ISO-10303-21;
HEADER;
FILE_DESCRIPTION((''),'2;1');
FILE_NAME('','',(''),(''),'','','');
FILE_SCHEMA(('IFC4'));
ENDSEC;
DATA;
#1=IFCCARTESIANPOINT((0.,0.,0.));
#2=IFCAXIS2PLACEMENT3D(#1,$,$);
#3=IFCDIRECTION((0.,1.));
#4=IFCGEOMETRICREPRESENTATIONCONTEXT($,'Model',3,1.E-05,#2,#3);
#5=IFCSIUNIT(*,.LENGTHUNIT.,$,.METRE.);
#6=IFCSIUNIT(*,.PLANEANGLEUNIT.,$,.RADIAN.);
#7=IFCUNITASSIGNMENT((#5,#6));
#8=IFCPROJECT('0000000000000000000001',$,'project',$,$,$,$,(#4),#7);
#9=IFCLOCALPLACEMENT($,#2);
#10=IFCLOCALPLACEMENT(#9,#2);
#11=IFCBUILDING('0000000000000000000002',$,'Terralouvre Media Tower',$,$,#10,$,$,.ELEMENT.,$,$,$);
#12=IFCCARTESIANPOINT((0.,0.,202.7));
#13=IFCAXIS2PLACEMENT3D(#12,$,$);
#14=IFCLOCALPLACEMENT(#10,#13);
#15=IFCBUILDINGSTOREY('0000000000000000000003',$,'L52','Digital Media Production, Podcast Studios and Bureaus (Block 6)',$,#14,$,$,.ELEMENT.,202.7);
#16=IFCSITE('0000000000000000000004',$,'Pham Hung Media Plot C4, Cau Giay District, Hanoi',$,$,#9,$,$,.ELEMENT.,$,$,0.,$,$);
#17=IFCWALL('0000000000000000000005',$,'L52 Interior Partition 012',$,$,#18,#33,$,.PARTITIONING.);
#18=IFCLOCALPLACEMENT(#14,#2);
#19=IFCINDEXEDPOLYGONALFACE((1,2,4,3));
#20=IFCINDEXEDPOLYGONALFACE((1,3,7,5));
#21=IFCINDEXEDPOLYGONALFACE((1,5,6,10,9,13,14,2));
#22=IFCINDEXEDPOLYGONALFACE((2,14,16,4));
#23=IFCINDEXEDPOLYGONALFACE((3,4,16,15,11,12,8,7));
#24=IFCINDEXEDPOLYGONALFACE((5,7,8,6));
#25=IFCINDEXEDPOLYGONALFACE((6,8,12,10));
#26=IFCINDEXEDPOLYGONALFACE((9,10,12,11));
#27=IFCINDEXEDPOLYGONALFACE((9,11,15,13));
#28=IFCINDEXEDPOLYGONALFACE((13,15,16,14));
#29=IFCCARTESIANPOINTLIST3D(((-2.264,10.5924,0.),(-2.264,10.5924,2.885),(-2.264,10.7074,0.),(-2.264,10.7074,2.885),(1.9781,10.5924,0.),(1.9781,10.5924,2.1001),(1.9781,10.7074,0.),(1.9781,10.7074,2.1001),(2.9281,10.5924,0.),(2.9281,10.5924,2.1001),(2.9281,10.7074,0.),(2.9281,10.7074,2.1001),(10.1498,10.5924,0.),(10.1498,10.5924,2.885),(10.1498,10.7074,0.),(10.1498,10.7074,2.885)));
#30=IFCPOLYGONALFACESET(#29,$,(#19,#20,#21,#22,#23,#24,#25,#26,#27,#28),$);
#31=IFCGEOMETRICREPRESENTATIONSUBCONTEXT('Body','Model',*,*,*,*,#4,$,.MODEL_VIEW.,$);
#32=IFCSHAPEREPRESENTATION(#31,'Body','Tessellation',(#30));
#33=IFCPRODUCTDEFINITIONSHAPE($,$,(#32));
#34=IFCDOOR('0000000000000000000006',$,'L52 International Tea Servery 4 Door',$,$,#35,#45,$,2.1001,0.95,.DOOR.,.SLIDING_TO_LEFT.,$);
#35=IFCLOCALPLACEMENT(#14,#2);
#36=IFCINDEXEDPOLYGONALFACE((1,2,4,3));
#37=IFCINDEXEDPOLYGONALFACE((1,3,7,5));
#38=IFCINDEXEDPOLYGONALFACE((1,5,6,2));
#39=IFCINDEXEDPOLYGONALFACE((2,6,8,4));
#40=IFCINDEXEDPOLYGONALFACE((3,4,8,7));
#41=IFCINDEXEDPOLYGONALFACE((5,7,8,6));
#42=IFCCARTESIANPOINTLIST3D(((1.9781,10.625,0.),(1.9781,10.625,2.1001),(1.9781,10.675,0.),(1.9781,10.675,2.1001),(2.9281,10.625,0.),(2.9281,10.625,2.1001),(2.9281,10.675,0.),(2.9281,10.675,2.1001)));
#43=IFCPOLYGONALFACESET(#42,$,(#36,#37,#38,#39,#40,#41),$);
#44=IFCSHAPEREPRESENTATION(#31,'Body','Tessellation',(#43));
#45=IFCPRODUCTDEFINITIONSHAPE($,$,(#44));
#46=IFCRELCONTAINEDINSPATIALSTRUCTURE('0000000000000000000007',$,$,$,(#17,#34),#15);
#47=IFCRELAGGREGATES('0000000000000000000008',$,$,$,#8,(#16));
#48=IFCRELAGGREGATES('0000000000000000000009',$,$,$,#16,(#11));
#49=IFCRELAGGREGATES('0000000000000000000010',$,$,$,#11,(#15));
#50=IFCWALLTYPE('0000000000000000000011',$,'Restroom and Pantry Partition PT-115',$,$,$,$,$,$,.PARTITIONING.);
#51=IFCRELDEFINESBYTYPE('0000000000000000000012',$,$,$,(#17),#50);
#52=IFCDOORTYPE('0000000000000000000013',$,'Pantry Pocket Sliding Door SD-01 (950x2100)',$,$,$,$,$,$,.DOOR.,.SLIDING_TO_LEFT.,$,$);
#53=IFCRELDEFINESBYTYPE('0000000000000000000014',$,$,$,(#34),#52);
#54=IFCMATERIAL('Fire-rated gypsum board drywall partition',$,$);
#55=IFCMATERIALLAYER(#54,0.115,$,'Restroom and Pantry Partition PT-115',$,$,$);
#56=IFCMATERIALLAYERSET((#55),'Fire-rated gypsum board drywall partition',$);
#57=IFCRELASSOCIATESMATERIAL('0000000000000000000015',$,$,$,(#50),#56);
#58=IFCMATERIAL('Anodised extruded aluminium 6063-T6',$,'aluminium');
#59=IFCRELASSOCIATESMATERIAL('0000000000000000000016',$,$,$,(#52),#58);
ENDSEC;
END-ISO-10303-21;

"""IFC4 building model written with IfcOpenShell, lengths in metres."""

from ifc_helpers import new_model, si_unit, direction, frame, frame_2d, origin, place, context, subcontext, project, spatial, rectangle, extrude, material, layer, layer_set, type_object, element, fill, save


model = new_model("IFC4")

# Units and contexts
model_context = context("Model", 3, precision=1e-05, world=origin(), true_north=direction((0.0, 1.0)))
body_context = subcontext(model_context, "Body", "Model", "MODEL_VIEW")
ifc_project = project(units=[si_unit("LENGTHUNIT", "METRE"), si_unit("PLANEANGLEUNIT", "RADIAN")], contexts=[model_context])

# Site, building, storey
site_placement = place(None, origin())
site = spatial("IfcSite", under=ifc_project, at=site_placement, Name="Pham Hung Media Plot C4, Cau Giay District, Hanoi", CompositionType="ELEMENT", RefElevation=0.0)
building_placement = place(site_placement, origin())
building = spatial("IfcBuilding", under=site, at=building_placement, Name="Terralouvre Media Tower", CompositionType="ELEMENT")
storey_placement = place(building_placement, frame((0.0, 0.0, 202.7)))
storey = spatial("IfcBuildingStorey", under=building, at=storey_placement, Name="L52", Description="Digital Media Production, Podcast Studios and Bureaus (Block 6)", CompositionType="ELEMENT", Elevation=202.7)

# Wall, opening, door
ifc_material_1 = material(Name="Fire-rated gypsum board drywall partition")
ifc_layer_1 = layer(ifc_material_1, 0.115, Name="Restroom and Pantry Partition PT-115")
ifc_layer_set_1 = layer_set([ifc_layer_1], Name="Fire-rated gypsum board drywall partition")
wall_type_1 = type_object("IfcWallType", Name="Restroom and Pantry Partition PT-115", PredefinedType="PARTITIONING", material=ifc_layer_set_1)
wall_1_placement = place(storey_placement, frame((10.1499, 10.6499, 0.0), z_axis=(0.0, 0.0, 1.0), x_axis=(-1.0, 0.0, 0.0)))
wall_1 = element("IfcWall", 1, at=wall_1_placement, inside=storey, type_object=wall_type_1, Name="L52 Interior Partition 012", PredefinedType="PARTITIONING", context=body_context, shape_type="SweptSolid", body=[
    extrude(rectangle(XDim=12.4138, YDim=0.115, at=frame_2d((6.207, 0.0))), origin(), (0.0, 0.0, 1.0), 2.885),
])
opening_1_placement = place(wall_1_placement, frame((7.2217, 0.0, 0.0)))
opening_1 = element("IfcOpeningElement", 2, at=opening_1_placement, cuts=wall_1, PredefinedType="OPENING", context=body_context, shape_type="SweptSolid", body=[
    extrude(rectangle(XDim=0.95, YDim=2.1001, at=frame_2d((0.4751, 1.05))), frame((0.0, 0.0674, 0.0), z_axis=(0.0, -1.0, 0.0), x_axis=(1.0, 0.0, 0.0)), (0.0, 0.0, 1.0), 0.135),
])
ifc_material_2 = material(Name="Anodised extruded aluminium 6063-T6", Category="aluminium")
door_type_1 = type_object("IfcDoorType", Name="Pantry Pocket Sliding Door SD-01 (950x2100)", OperationType="SLIDING_TO_LEFT", PredefinedType="DOOR", material=ifc_material_2)
door_1_placement = place(opening_1_placement, origin())
door_1 = element("IfcDoor", 3, at=door_1_placement, inside=storey, type_object=door_type_1, Name="L52 International Tea Servery 4 Door", OperationType="SLIDING_TO_LEFT", OverallHeight=2.1001, OverallWidth=0.95, PredefinedType="DOOR", context=body_context, shape_type="SweptSolid", body=[
    extrude(rectangle(XDim=0.95, YDim=2.1001, at=frame_2d((0.4751, 1.05))), frame((0.0, 0.0249, 0.0), z_axis=(0.0, -1.0, 0.0), x_axis=(1.0, 0.0, 0.0)), (0.0, 0.0, 1.0), 0.05),
])
fill(opening_1, door_1)

save(model, "model.ifc")
